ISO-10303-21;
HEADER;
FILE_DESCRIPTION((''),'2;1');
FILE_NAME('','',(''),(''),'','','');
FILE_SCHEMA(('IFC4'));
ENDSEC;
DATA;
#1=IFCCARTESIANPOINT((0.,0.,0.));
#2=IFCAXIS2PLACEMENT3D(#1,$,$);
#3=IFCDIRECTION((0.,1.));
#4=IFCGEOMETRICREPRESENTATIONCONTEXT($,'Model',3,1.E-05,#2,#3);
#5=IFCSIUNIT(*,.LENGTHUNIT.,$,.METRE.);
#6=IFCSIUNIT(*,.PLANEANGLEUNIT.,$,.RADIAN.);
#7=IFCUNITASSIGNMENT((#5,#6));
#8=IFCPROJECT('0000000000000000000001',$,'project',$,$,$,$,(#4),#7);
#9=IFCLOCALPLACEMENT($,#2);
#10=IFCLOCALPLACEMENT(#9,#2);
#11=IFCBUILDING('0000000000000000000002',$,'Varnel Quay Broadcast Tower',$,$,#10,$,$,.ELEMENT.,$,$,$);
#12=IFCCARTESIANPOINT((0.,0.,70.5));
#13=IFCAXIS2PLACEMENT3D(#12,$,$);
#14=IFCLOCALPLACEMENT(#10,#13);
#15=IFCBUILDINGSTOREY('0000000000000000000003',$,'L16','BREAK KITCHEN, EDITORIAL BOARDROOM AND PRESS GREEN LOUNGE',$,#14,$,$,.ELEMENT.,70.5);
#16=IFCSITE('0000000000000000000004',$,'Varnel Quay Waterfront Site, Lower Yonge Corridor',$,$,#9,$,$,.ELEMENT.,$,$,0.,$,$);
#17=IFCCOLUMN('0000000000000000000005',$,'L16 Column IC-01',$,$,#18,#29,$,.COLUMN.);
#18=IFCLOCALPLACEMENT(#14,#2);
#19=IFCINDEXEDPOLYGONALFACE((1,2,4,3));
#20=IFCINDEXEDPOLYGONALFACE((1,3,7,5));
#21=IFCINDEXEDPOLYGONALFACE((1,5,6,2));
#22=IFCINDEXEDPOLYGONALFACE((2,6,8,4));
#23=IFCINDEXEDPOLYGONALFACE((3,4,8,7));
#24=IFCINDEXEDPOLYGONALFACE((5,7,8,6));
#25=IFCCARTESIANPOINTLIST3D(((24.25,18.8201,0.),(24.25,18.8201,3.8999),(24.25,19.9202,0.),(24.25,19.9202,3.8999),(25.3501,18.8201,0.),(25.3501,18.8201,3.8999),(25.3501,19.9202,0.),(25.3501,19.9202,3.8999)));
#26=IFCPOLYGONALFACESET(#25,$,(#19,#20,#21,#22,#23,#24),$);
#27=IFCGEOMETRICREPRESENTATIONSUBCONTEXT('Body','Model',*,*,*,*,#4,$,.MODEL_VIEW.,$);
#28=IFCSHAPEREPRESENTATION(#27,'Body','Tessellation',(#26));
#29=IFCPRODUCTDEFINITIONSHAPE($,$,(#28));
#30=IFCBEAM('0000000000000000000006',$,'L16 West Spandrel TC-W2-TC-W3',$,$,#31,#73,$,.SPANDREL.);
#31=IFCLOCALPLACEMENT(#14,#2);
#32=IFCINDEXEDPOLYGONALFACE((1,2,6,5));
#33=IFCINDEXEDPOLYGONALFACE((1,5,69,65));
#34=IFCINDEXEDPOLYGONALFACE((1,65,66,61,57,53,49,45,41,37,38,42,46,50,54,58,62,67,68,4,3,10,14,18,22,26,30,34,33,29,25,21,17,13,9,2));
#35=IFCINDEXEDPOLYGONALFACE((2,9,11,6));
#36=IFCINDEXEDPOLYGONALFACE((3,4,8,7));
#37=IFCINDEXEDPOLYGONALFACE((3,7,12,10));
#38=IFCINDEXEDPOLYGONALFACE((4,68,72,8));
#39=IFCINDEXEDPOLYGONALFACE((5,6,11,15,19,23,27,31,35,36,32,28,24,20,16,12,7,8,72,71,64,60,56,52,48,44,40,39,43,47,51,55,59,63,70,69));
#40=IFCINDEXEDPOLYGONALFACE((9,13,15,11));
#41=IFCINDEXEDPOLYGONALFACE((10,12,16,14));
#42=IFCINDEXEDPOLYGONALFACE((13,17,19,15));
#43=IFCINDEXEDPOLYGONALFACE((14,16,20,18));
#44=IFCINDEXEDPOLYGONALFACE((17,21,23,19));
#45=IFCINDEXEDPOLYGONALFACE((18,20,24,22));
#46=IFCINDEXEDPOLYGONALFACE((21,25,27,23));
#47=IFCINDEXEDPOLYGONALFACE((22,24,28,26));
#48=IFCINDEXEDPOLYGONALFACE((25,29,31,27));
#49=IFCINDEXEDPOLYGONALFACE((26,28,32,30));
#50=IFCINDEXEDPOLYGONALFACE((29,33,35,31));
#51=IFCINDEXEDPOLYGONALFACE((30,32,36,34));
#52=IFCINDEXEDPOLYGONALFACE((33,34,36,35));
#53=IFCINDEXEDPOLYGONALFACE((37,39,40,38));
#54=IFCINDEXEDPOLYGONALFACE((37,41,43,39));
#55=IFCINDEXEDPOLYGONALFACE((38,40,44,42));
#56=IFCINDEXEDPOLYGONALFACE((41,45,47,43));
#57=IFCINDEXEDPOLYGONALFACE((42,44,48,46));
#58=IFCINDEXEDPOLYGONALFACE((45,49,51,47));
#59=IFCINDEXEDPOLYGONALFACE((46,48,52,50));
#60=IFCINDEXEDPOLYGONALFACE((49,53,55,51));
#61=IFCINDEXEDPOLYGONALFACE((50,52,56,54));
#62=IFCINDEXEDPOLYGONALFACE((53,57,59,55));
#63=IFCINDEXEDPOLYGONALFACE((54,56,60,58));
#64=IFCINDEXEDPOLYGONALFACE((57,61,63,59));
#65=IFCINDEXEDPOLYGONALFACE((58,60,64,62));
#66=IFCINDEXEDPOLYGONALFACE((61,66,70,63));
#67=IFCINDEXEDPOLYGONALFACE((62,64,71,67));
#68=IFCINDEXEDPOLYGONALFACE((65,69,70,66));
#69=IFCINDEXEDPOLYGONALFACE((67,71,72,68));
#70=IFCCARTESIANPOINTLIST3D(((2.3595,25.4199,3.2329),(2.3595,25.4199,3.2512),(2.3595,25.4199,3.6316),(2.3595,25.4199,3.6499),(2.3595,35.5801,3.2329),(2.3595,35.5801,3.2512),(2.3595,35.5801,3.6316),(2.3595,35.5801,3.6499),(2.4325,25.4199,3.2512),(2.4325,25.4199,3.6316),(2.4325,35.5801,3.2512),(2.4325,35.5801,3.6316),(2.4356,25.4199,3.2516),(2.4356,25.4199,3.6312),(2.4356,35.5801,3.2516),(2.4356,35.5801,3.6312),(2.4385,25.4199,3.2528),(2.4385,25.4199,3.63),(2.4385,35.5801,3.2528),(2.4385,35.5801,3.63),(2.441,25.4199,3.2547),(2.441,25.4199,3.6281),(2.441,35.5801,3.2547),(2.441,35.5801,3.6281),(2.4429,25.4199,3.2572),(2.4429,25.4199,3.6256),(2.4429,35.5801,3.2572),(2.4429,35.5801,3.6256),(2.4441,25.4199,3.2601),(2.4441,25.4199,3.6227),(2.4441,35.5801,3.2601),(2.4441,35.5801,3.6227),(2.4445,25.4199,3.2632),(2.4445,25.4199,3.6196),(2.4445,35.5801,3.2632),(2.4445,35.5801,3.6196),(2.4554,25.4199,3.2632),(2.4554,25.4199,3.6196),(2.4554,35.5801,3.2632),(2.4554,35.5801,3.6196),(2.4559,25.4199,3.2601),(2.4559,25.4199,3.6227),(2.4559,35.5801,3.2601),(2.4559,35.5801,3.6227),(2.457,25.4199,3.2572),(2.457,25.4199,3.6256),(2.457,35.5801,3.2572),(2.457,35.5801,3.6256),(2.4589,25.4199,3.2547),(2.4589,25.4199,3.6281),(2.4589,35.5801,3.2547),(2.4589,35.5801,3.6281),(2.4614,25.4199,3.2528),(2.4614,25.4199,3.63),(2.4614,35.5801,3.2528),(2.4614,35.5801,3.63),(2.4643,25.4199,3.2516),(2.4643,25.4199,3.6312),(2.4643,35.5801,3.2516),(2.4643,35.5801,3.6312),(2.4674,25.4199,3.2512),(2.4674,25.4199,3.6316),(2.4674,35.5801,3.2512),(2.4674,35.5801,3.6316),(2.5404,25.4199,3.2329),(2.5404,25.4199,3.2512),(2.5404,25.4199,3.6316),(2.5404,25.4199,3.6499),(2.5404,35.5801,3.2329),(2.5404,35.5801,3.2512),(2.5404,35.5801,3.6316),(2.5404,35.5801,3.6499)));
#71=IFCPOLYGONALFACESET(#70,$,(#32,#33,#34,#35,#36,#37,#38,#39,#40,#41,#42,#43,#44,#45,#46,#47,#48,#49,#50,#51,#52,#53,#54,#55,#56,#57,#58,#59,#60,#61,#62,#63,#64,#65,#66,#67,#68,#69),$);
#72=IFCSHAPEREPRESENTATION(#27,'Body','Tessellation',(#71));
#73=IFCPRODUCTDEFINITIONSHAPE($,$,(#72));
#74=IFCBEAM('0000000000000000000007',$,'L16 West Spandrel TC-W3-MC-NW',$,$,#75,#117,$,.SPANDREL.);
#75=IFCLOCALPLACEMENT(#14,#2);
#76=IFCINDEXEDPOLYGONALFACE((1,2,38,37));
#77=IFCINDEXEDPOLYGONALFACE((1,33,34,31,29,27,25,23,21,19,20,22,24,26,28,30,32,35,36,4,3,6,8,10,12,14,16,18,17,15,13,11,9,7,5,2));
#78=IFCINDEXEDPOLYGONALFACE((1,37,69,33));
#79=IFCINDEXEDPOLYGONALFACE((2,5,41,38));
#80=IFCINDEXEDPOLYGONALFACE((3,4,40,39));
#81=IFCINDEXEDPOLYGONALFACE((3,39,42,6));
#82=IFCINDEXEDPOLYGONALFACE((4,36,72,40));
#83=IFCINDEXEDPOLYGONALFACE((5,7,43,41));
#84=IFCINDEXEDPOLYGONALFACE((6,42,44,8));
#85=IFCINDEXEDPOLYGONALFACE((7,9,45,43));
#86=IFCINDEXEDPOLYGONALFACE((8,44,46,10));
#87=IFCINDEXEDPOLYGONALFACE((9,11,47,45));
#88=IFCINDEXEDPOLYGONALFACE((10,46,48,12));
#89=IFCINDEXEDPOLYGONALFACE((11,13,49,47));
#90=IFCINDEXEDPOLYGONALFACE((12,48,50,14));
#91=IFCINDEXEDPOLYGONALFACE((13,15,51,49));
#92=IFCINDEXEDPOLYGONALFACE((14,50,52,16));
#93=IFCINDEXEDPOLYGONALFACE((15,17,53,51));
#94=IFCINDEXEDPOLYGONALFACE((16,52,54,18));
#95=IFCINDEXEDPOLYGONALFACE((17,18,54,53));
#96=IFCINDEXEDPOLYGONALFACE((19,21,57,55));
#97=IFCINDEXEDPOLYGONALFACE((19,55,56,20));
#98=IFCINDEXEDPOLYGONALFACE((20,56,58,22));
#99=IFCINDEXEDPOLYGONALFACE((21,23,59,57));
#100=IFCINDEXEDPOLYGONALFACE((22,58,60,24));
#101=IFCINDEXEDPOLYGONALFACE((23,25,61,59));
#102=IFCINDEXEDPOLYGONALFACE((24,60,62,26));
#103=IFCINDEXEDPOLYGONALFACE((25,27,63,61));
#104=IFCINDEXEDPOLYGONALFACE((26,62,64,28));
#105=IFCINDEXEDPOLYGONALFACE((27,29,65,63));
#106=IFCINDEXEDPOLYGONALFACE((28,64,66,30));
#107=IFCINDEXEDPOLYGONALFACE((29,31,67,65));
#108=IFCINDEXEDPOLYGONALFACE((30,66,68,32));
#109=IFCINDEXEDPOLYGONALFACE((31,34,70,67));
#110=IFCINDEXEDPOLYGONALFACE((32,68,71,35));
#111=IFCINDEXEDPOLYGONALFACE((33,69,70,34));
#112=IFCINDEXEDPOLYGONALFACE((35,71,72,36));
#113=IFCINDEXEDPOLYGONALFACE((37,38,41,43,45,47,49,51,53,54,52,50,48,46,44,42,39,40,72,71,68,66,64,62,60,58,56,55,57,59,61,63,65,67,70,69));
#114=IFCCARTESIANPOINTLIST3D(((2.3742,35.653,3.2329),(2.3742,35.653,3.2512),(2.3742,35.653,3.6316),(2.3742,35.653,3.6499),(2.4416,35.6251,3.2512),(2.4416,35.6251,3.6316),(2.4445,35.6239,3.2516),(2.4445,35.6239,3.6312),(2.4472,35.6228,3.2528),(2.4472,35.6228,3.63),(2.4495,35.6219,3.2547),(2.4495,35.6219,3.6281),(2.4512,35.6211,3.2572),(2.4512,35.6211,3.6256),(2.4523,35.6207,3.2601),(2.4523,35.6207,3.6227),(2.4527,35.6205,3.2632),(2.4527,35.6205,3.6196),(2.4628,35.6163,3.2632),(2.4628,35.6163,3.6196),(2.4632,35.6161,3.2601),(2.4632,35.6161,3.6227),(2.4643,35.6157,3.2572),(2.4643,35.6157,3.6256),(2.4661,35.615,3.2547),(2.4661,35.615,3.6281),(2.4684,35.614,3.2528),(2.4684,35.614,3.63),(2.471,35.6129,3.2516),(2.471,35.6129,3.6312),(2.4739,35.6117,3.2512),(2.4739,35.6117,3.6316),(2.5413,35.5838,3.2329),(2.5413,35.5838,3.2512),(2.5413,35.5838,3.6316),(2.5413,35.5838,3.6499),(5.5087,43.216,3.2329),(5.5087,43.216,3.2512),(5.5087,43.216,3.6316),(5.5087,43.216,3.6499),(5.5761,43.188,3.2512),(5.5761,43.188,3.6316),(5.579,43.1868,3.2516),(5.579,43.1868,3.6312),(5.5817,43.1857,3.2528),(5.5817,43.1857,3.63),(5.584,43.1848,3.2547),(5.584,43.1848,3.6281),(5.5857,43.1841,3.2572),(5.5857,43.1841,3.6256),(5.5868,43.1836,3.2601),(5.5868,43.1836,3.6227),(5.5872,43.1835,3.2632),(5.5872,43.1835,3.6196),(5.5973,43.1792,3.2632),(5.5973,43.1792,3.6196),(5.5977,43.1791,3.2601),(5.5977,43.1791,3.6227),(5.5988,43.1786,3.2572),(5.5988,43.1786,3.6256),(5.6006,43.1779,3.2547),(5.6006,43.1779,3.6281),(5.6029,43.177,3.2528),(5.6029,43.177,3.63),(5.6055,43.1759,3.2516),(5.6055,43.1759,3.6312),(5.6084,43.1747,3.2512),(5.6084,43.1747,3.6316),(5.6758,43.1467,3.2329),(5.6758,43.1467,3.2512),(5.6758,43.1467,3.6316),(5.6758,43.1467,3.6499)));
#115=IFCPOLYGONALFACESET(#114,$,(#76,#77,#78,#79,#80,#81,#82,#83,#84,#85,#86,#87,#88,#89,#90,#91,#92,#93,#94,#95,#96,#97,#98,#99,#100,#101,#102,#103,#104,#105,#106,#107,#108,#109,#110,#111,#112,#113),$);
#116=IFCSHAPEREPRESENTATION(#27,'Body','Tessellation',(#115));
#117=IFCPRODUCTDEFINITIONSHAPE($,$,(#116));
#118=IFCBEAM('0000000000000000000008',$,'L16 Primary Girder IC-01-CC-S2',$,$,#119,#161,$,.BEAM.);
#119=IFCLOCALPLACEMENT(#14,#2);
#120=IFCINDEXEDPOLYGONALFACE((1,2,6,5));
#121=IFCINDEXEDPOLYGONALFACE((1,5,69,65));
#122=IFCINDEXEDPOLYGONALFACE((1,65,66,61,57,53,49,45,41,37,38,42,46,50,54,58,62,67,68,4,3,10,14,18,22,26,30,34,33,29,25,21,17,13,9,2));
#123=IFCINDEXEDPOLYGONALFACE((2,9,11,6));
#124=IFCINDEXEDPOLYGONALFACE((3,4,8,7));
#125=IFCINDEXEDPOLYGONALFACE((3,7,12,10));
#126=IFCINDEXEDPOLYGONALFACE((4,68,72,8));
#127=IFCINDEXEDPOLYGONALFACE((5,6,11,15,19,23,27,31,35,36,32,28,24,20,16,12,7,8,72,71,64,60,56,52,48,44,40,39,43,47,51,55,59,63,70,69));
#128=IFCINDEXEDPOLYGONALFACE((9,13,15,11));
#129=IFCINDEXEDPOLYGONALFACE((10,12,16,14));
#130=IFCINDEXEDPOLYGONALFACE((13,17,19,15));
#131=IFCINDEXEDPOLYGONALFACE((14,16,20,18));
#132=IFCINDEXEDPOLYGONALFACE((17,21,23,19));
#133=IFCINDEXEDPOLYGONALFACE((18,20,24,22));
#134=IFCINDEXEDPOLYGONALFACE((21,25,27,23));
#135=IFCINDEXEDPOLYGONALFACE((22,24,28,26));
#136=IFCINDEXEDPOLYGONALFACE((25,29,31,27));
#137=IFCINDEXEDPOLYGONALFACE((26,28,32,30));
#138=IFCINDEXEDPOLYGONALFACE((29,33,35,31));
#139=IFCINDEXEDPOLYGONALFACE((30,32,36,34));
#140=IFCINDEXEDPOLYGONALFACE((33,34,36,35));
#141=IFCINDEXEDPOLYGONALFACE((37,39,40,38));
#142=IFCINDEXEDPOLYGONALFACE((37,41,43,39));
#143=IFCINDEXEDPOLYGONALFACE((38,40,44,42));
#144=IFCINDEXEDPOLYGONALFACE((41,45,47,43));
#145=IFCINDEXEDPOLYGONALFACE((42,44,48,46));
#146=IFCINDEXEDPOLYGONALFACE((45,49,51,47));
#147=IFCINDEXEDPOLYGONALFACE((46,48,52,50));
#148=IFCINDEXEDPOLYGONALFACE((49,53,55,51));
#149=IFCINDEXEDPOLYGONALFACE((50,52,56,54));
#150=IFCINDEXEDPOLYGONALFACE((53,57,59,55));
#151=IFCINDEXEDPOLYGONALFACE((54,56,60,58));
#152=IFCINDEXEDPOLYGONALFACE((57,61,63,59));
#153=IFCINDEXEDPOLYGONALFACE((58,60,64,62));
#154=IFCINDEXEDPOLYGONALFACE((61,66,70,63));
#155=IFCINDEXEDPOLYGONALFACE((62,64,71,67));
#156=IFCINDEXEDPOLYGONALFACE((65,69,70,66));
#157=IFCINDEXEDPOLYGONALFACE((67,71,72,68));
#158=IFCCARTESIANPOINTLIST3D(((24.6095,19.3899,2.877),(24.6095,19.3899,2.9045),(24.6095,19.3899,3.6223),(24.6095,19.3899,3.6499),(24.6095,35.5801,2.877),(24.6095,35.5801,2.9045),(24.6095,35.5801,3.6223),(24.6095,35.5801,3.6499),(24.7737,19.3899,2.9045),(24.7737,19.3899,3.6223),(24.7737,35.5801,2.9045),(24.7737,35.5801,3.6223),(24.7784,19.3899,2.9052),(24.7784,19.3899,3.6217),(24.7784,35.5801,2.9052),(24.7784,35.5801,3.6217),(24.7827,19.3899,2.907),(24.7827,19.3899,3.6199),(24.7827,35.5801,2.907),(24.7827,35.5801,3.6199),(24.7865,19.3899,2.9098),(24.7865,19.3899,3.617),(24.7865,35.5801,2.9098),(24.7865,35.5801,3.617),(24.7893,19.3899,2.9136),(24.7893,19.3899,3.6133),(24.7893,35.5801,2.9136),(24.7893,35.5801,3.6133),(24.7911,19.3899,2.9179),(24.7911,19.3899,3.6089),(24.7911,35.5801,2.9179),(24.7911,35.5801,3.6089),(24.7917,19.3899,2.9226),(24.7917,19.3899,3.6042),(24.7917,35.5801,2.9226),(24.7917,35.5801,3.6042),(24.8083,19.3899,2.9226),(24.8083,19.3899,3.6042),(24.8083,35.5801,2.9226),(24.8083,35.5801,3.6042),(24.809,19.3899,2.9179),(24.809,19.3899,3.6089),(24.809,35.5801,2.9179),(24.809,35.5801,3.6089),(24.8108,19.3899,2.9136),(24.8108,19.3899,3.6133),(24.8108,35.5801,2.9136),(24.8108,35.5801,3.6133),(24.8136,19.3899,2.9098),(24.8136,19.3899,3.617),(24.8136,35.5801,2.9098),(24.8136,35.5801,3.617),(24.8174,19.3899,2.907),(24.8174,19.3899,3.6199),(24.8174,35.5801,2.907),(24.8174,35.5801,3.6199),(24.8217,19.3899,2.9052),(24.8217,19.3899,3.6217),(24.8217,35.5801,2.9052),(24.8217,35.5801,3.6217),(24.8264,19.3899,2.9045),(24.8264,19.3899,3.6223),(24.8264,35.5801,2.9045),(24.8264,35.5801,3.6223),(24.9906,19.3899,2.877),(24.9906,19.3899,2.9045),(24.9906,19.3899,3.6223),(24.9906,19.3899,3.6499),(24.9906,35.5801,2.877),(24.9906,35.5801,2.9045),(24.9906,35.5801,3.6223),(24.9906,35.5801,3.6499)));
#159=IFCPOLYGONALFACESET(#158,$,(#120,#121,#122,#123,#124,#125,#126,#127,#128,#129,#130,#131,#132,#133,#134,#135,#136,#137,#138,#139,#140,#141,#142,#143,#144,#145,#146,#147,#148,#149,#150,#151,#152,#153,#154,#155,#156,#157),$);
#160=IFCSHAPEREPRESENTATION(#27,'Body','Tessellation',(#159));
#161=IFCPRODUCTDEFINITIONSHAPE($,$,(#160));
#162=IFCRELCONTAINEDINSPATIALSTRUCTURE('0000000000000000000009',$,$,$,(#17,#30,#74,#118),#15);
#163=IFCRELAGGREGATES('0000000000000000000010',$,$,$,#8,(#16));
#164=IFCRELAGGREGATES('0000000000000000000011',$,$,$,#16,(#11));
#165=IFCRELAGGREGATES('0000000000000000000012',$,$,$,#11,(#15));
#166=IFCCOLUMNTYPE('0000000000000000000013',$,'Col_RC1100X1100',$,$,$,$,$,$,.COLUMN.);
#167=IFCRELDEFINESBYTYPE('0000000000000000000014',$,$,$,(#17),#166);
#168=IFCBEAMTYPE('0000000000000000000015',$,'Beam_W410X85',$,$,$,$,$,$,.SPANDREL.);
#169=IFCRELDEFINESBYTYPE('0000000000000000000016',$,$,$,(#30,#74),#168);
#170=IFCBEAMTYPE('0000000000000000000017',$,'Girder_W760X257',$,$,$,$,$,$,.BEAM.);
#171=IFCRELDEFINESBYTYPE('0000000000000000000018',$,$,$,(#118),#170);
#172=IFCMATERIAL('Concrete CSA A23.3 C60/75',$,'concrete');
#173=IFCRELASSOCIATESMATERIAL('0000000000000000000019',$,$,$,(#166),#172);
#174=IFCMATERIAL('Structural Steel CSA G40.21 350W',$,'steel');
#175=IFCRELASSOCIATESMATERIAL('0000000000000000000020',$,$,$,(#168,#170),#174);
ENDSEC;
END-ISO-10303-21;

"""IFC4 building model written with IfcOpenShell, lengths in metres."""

from ifc_helpers import new_model, si_unit, direction, frame, origin, origin_2d, place, context, subcontext, project, spatial, rectangle, i_section, extrude, source, transform, mapped, material, material_profile, profile_set, type_object, type_shapes, element, save


model = new_model("IFC4")

# Units and contexts
model_context = context("Model", 3, precision=1e-05, world=origin(), true_north=direction((0.0, 1.0)))
body_context = subcontext(model_context, "Body", "Model", "MODEL_VIEW")
ifc_project = project(units=[si_unit("LENGTHUNIT", "METRE"), si_unit("PLANEANGLEUNIT", "RADIAN")], contexts=[model_context])

# Site, building, storey
site_placement = place(None, origin())
site = spatial("IfcSite", under=ifc_project, at=site_placement, Name="Varnel Quay Waterfront Site, Lower Yonge Corridor", CompositionType="ELEMENT", RefElevation=0.0)
building_placement = place(site_placement, origin())
building = spatial("IfcBuilding", under=site, at=building_placement, Name="Varnel Quay Broadcast Tower", CompositionType="ELEMENT")
storey_placement = place(building_placement, frame((0.0, 0.0, 70.5)))
storey = spatial("IfcBuildingStorey", under=building, at=storey_placement, Name="L16", Description="BREAK KITCHEN, EDITORIAL BOARDROOM AND PRESS GREEN LOUNGE", CompositionType="ELEMENT", Elevation=70.5)

# Column
ifc_material_1 = material(Name="Structural Steel CSA G40.21 350W", Category="steel")
ifc_material_2 = material(Name="Concrete CSA A23.3 C60/75", Category="concrete")
ifc_material_profile_1 = material_profile(ifc_material_2, rectangle(XDim=1.1001, YDim=1.1001, at=origin_2d()), Name="RC1100X1100")
ifc_profile_set_1 = profile_set([ifc_material_profile_1], Name="Concrete CSA A23.3 C60/75")
column_type_1 = type_object("IfcColumnType", Name="Col_RC1100X1100", PredefinedType="COLUMN", material=ifc_profile_set_1)
shared_shape_1 = source(origin(), body_context, "Body", "SweptSolid", [
    extrude(rectangle(XDim=1.1001, YDim=1.1001, at=origin_2d()), origin(), (0.0, 0.0, 1.0), 3.8999),
])
type_shapes(column_type_1, [shared_shape_1])
column_placement = place(storey_placement, frame((24.8, 19.3701, 0.0), z_axis=(0.0, 0.0, 1.0), x_axis=(1.0, 0.0, 0.0)))
element("IfcColumn", 1, at=column_placement, inside=storey, type_object=column_type_1, Name="L16 Column IC-01", PredefinedType="COLUMN", context=body_context, shape_type="MappedRepresentation", body=[
    mapped(shared_shape_1, transform((0.0, 0.0, 0.0), x_axis=(1.0, 0.0, 0.0), y_axis=(0.0, 1.0, 0.0), z_axis=(0.0, 0.0, 1.0), scale=1.0)),
])

# Beams
ifc_material_profile_2 = material_profile(ifc_material_1, i_section(OverallWidth=0.1809, OverallDepth=0.417, WebThickness=0.011, FlangeThickness=0.0183, FilletRadius=0.012, at=origin_2d()), Name="W410X85")
ifc_profile_set_2 = profile_set([ifc_material_profile_2], Name="Structural Steel CSA G40.21 350W")
beam_type_1 = type_object("IfcBeamType", Name="Beam_W410X85", PredefinedType="SPANDREL", material=ifc_profile_set_2)
shared_shape_2 = source(origin(), body_context, "Body", "SweptSolid", [
    extrude(i_section(OverallWidth=0.1809, OverallDepth=0.417, WebThickness=0.011, FlangeThickness=0.0183, FilletRadius=0.012, at=origin_2d()), origin(), (0.0, 0.0, 1.0), 10.1602),
])
beam_1_placement = place(storey_placement, frame((2.45, 25.4199, 3.4414), z_axis=(0.0, 1.0, 0.0), x_axis=(-1.0, 0.0, 0.0)))
element("IfcBeam", 2, at=beam_1_placement, inside=storey, type_object=beam_type_1, Name="L16 West Spandrel TC-W2-TC-W3", PredefinedType="SPANDREL", context=body_context, shape_type="MappedRepresentation", body=[
    mapped(shared_shape_2, transform((0.0, 0.0, 0.0), x_axis=(1.0, 0.0, 0.0), y_axis=(0.0, 1.0, 0.0), z_axis=(0.0, 0.0, 1.0), scale=1.0)),
])
shared_shape_3 = source(origin(), body_context, "Body", "SweptSolid", [
    extrude(i_section(OverallWidth=0.1809, OverallDepth=0.417, WebThickness=0.011, FlangeThickness=0.0183, FilletRadius=0.012, at=origin_2d()), origin(), (0.0, 0.0, 1.0), 8.1868),
])
type_shapes(beam_type_1, [shared_shape_2, shared_shape_3])
beam_2_placement = place(storey_placement, frame((2.4578, 35.6184, 3.4414), z_axis=(0.382874, 0.923801, 0.0), x_axis=(-0.923801, 0.382874, 0.0)))
element("IfcBeam", 3, at=beam_2_placement, inside=storey, type_object=beam_type_1, Name="L16 West Spandrel TC-W3-MC-NW", PredefinedType="SPANDREL", context=body_context, shape_type="MappedRepresentation", body=[
    mapped(shared_shape_3, transform((0.0, 0.0, 0.0), x_axis=(1.0, 0.0, 0.0), y_axis=(0.0, 1.0, 0.0), z_axis=(0.0, 0.0, 1.0), scale=1.0)),
])
ifc_material_profile_3 = material_profile(ifc_material_1, i_section(OverallWidth=0.3811, OverallDepth=0.7729, WebThickness=0.0166, FlangeThickness=0.0276, FilletRadius=0.0181, at=origin_2d()), Name="W760X257")
ifc_profile_set_3 = profile_set([ifc_material_profile_3], Name="Structural Steel CSA G40.21 350W")
beam_type_2 = type_object("IfcBeamType", Name="Girder_W760X257", PredefinedType="BEAM", material=ifc_profile_set_3)
shared_shape_4 = source(origin(), body_context, "Body", "SweptSolid", [
    extrude(i_section(OverallWidth=0.3811, OverallDepth=0.7729, WebThickness=0.0166, FlangeThickness=0.0276, FilletRadius=0.0181, at=origin_2d()), origin(), (0.0, 0.0, 1.0), 16.1902),
])
beam_3_placement = place(storey_placement, frame((24.8, 19.3899, 3.2634), z_axis=(0.0, 1.0, 0.0), x_axis=(-1.0, 0.0, 0.0)))
element("IfcBeam", 4, at=beam_3_placement, inside=storey, type_object=beam_type_2, Name="L16 Primary Girder IC-01-CC-S2", PredefinedType="BEAM", context=body_context, shape_type="MappedRepresentation", body=[
    mapped(shared_shape_4, transform((0.0, 0.0, 0.0), x_axis=(1.0, 0.0, 0.0), y_axis=(0.0, 1.0, 0.0), z_axis=(0.0, 0.0, 1.0), scale=1.0)),
])

save(model, "model.ifc")
